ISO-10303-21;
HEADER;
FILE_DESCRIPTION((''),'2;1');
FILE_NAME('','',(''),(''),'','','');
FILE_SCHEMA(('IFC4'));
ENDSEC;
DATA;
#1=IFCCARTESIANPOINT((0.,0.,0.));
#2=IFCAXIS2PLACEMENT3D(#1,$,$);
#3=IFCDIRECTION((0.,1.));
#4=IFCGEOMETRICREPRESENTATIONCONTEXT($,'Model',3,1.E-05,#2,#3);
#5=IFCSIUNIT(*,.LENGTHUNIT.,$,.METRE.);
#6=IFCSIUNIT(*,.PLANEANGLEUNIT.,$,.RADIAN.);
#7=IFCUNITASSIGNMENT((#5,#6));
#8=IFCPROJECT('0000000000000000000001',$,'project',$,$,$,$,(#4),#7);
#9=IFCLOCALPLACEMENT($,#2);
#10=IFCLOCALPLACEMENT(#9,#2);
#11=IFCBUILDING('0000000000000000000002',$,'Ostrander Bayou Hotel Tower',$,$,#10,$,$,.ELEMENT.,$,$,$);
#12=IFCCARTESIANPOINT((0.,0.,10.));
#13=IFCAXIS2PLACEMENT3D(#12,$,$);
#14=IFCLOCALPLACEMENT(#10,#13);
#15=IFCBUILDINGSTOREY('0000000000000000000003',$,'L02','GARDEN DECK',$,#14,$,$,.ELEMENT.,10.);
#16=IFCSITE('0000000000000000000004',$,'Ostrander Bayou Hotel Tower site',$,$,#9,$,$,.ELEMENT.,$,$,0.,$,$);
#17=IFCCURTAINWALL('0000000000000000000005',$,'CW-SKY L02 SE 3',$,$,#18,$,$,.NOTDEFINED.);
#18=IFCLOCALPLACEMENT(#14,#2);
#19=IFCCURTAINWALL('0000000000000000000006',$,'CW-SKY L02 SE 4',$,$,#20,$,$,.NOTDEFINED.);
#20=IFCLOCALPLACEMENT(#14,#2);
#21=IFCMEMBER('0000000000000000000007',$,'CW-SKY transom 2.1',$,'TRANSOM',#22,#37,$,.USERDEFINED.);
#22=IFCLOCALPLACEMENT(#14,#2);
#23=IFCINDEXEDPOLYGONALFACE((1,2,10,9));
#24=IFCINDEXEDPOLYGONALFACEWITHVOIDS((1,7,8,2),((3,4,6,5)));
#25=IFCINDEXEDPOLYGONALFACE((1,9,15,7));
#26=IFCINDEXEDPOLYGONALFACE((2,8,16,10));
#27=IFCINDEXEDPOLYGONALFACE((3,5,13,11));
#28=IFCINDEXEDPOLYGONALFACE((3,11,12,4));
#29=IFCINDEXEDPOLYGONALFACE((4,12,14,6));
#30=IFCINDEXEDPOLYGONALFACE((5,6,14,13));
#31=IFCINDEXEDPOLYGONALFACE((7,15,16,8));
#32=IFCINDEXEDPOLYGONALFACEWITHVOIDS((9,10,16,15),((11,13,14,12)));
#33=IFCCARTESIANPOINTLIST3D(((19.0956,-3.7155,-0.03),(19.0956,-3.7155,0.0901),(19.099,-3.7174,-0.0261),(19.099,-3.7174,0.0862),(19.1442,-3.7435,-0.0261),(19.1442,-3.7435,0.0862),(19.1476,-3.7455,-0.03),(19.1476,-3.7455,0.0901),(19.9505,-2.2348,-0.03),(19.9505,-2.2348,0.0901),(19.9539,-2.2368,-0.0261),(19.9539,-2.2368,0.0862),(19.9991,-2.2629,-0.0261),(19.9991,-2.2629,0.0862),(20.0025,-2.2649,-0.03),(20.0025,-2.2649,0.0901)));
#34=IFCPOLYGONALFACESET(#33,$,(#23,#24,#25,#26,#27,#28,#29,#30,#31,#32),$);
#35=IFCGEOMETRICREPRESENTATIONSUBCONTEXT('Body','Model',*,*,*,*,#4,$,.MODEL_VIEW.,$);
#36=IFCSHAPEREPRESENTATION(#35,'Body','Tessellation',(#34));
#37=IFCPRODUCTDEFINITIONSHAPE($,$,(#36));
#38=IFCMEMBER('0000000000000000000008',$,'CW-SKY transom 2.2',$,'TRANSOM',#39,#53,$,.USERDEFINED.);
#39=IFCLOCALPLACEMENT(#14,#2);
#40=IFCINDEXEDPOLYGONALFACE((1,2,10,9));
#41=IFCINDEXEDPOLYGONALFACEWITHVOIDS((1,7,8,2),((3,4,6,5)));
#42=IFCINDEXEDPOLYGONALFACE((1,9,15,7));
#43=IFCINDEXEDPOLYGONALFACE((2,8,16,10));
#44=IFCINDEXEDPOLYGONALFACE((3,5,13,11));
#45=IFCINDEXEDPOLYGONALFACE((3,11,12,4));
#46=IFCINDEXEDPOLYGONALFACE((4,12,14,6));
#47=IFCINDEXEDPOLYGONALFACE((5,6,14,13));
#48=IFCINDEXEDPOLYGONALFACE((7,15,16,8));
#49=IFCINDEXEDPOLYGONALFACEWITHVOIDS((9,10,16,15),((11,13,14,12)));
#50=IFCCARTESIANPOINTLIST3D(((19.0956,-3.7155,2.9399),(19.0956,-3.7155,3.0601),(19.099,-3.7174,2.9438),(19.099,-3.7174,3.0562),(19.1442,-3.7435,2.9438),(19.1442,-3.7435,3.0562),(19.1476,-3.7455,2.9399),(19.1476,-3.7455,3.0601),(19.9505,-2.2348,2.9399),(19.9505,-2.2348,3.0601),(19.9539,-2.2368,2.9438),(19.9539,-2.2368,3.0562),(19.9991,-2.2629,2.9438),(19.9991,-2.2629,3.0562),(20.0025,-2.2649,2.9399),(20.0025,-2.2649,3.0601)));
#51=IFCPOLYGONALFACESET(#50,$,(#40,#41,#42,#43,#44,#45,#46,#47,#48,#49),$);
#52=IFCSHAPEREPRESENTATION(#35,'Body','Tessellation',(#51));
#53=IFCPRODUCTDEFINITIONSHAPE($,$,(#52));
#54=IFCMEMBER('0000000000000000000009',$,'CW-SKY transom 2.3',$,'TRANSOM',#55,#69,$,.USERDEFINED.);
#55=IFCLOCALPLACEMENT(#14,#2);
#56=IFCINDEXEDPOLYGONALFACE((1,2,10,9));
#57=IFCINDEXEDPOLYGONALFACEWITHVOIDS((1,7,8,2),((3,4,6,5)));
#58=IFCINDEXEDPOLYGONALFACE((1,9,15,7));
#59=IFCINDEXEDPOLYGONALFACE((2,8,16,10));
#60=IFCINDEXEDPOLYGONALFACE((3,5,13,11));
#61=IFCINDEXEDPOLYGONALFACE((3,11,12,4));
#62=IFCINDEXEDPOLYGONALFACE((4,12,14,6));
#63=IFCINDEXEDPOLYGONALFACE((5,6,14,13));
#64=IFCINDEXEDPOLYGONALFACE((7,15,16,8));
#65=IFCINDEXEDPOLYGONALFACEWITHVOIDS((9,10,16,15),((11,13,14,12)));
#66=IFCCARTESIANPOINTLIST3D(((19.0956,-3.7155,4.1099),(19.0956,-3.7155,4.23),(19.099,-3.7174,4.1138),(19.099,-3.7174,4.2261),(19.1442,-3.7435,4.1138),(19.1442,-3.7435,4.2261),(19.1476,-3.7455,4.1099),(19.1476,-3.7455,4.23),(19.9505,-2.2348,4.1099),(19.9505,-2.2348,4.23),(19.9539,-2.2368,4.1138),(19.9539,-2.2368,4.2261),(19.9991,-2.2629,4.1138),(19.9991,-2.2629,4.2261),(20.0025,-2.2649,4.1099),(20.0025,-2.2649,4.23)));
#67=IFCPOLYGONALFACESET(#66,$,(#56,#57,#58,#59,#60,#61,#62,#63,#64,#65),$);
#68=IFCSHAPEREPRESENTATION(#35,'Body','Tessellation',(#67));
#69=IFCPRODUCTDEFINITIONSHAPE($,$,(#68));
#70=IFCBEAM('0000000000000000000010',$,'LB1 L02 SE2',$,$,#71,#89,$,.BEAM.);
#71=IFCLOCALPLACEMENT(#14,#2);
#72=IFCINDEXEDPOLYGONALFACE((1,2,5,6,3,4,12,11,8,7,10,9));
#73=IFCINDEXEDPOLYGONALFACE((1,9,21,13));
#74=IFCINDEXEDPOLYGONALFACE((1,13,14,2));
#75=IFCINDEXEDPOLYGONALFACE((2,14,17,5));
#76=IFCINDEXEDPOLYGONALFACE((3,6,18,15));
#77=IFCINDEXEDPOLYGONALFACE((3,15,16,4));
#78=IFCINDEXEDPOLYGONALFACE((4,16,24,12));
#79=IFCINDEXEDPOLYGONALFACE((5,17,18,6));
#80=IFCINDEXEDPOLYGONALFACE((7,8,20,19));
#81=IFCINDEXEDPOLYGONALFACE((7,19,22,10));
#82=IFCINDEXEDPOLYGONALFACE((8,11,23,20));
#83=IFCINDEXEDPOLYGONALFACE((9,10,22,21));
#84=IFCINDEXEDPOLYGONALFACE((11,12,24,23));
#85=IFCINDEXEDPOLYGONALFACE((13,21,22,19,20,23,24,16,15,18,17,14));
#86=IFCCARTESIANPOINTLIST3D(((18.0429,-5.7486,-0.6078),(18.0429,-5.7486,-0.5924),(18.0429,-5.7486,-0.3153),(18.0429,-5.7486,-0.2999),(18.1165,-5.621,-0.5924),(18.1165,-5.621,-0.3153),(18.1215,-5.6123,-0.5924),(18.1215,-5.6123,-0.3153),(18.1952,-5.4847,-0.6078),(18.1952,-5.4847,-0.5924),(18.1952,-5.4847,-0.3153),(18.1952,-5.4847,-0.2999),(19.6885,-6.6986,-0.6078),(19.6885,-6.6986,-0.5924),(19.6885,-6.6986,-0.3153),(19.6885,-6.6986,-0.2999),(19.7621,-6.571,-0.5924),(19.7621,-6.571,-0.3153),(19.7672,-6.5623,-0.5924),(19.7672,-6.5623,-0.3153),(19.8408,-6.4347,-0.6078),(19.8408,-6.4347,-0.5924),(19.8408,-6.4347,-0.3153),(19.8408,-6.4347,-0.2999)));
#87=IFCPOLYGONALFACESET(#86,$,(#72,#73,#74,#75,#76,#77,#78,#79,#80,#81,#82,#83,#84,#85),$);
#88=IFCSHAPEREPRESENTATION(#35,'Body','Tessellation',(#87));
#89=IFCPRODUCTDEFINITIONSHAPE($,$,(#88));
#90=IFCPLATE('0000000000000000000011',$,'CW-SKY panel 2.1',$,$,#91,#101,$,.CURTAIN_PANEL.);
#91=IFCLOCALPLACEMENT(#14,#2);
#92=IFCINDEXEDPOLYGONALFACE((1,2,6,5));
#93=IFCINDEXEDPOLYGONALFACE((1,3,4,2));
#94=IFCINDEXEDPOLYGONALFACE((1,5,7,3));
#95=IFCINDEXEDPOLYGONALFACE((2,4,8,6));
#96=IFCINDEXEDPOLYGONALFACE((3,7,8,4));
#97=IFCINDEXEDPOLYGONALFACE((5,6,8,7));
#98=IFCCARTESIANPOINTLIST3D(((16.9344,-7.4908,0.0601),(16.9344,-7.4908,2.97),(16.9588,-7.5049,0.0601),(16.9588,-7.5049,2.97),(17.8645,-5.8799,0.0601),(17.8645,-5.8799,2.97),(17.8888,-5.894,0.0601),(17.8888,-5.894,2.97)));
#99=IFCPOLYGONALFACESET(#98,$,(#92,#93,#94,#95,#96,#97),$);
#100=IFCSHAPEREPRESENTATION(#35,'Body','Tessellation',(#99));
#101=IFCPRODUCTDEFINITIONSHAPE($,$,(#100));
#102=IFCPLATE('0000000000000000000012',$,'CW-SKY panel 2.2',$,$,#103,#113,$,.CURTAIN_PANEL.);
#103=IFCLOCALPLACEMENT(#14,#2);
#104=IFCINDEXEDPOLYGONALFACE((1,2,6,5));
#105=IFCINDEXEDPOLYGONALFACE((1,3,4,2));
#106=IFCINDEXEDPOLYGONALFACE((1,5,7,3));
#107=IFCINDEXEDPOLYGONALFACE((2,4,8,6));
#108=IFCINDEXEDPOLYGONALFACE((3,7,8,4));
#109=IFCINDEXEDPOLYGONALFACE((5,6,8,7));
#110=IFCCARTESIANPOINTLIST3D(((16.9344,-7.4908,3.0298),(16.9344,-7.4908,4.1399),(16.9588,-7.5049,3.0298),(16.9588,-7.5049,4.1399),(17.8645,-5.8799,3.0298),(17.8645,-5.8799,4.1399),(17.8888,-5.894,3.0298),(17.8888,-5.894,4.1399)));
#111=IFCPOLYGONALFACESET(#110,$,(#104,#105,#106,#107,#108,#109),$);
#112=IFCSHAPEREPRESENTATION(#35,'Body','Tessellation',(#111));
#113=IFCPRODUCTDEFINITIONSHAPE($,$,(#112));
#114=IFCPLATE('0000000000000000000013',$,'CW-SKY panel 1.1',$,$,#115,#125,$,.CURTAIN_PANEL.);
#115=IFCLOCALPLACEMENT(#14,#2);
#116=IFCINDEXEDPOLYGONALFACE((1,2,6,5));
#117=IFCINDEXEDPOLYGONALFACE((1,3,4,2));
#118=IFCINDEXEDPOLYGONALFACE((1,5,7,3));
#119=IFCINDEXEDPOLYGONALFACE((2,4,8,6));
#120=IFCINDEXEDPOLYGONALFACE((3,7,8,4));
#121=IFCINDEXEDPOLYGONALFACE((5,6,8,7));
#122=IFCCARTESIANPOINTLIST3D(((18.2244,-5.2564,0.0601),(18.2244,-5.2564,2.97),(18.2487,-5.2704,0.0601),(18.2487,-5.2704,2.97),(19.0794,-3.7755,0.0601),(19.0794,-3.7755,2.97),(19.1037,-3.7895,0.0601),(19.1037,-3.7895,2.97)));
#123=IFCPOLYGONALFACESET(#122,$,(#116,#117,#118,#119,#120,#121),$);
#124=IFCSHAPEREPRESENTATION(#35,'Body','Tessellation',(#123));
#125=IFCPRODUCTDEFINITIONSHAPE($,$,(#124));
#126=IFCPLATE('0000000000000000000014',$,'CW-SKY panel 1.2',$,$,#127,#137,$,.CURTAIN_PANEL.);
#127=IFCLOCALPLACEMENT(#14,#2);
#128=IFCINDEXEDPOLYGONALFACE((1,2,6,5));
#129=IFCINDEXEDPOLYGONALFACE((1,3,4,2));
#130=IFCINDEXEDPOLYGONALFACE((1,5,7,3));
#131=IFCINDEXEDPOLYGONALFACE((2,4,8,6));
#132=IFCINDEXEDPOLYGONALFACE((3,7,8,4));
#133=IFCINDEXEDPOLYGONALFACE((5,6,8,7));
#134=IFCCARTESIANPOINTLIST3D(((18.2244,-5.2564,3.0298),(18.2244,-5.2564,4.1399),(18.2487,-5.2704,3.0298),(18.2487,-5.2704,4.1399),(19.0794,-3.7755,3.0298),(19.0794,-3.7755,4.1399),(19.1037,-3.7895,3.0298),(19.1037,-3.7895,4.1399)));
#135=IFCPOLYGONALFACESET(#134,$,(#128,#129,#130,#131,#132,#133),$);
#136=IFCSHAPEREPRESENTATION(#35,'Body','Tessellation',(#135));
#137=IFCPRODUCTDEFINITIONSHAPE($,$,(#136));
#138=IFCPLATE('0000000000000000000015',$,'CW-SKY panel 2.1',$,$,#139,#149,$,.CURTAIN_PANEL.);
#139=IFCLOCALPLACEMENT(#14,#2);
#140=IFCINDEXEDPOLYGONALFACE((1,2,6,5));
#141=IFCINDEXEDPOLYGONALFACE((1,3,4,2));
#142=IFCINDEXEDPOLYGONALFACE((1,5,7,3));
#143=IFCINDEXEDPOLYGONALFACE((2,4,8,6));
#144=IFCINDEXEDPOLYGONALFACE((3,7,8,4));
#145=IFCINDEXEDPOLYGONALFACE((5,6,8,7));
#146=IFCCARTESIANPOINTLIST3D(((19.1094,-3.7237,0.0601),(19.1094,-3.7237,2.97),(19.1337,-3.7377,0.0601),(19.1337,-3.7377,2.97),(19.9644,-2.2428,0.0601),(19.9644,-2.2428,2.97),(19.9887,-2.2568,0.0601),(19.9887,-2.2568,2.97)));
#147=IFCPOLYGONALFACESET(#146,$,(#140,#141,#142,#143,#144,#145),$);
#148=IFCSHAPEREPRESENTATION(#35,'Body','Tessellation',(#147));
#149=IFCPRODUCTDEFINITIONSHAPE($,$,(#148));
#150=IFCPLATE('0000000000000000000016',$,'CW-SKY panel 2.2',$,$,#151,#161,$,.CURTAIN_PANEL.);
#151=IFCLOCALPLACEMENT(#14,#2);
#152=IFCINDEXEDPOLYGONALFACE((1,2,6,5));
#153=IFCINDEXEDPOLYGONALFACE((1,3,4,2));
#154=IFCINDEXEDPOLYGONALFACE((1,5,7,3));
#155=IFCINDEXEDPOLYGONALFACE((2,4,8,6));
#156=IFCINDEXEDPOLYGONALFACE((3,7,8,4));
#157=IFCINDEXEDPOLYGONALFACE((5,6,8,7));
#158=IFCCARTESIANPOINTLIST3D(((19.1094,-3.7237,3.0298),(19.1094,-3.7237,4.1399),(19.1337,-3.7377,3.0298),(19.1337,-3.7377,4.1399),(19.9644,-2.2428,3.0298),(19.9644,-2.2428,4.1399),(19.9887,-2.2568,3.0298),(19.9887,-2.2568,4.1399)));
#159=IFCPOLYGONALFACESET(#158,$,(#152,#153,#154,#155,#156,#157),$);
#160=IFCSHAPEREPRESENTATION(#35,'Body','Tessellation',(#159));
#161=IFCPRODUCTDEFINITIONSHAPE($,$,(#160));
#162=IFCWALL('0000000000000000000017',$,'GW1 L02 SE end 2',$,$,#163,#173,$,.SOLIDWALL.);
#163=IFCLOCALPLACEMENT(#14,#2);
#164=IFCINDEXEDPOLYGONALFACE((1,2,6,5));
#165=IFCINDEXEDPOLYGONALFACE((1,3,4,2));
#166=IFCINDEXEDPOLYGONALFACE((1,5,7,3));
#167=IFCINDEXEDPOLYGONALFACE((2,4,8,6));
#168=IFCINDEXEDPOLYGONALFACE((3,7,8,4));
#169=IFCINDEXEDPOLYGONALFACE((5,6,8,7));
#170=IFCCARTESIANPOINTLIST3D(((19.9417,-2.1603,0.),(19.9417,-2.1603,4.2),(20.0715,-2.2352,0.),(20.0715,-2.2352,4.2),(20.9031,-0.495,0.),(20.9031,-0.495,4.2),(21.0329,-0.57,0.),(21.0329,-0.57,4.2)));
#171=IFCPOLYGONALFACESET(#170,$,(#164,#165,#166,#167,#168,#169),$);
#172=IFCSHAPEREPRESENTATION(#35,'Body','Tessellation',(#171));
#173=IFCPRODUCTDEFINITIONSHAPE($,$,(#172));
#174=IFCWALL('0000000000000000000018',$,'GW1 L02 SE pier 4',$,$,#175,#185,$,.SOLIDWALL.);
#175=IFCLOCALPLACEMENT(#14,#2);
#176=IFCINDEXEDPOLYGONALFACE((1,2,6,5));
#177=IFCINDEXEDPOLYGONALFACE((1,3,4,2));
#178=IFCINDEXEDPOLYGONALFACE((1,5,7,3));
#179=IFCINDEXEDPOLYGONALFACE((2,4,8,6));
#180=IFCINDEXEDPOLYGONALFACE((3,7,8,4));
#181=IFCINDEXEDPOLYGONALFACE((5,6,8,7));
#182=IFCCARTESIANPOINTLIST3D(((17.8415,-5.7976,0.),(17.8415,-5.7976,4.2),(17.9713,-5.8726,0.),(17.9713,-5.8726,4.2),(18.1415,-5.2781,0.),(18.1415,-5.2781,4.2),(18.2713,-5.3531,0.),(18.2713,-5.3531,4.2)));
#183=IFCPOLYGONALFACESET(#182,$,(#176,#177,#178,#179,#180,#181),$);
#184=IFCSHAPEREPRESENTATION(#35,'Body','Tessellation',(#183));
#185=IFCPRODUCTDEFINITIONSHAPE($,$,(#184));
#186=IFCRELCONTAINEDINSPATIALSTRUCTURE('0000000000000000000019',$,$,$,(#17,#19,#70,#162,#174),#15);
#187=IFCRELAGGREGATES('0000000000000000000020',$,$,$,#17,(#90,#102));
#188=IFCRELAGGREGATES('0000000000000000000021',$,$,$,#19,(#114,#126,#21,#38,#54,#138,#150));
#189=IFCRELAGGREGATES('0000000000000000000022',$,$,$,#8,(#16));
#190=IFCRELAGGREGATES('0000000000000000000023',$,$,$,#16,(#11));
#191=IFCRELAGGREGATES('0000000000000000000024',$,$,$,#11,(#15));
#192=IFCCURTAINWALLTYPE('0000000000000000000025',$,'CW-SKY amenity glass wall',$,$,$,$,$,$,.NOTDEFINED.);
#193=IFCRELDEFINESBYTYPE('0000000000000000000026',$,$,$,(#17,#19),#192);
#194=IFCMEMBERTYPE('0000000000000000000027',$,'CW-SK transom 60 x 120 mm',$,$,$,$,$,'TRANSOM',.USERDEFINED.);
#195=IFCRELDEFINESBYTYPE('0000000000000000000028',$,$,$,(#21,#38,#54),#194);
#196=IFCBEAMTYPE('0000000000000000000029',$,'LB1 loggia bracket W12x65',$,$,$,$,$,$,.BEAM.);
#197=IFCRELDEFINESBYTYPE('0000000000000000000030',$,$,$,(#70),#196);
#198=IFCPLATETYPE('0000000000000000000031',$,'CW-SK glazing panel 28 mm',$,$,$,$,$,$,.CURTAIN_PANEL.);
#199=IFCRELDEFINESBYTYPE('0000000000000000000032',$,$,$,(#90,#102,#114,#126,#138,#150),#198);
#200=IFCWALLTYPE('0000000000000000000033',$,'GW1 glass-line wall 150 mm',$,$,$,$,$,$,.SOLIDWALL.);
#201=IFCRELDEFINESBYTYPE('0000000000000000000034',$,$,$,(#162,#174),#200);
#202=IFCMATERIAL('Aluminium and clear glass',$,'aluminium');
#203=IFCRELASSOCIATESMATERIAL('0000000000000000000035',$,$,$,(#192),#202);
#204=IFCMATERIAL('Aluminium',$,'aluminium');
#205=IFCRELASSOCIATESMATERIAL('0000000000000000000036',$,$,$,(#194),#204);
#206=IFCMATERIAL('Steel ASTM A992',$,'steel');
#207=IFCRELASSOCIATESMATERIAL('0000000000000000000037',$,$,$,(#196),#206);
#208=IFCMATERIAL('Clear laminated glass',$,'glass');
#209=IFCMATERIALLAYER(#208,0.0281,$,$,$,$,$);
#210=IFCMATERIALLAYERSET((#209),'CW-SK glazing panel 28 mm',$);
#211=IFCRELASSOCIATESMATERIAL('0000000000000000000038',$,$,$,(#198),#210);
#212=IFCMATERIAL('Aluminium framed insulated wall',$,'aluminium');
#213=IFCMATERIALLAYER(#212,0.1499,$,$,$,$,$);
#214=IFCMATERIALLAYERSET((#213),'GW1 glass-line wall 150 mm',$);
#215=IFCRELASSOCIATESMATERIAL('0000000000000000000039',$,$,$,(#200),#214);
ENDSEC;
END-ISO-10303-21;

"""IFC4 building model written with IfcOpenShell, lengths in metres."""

from ifc_helpers import new_model, si_unit, direction, frame, frame_2d, origin, origin_2d, place, context, subcontext, project, spatial, rectangle, hollow_rectangle, i_section, extrude, material, layer, layer_set, material_profile, profile_set, type_object, element, aggregate, save


model = new_model("IFC4")

# Units and contexts
model_context = context("Model", 3, precision=1e-05, world=origin(), true_north=direction((0.0, 1.0)))
body_context = subcontext(model_context, "Body", "Model", "MODEL_VIEW")
ifc_project = project(units=[si_unit("LENGTHUNIT", "METRE"), si_unit("PLANEANGLEUNIT", "RADIAN")], contexts=[model_context])

# Site, building, storey
site_placement = place(None, origin())
site = spatial("IfcSite", under=ifc_project, at=site_placement, Name="Ostrander Bayou Hotel Tower site", CompositionType="ELEMENT", RefElevation=0.0)
building_placement = place(site_placement, origin())
building = spatial("IfcBuilding", under=site, at=building_placement, Name="Ostrander Bayou Hotel Tower", CompositionType="ELEMENT")
storey_placement = place(building_placement, frame((0.0, 0.0, 10.0)))
storey = spatial("IfcBuildingStorey", under=building, at=storey_placement, Name="L02", Description="GARDEN DECK", CompositionType="ELEMENT", Elevation=10.0)

# Curtain wall
ifc_material_1 = material(Name="Aluminium and clear glass", Category="aluminium")
curtain_wall_type = type_object("IfcCurtainWallType", Name="CW-SKY amenity glass wall", PredefinedType="NOTDEFINED", material=ifc_material_1)
curtain_wall_1_placement = place(storey_placement, origin())
curtain_wall_1 = element("IfcCurtainWall", 1, at=curtain_wall_1_placement, inside=storey, type_object=curtain_wall_type, Name="CW-SKY L02 SE 3", PredefinedType="NOTDEFINED")

# Curtain wall
curtain_wall_2_placement = place(storey_placement, origin())
curtain_wall_2 = element("IfcCurtainWall", 2, at=curtain_wall_2_placement, inside=storey, type_object=curtain_wall_type, Name="CW-SKY L02 SE 4", PredefinedType="NOTDEFINED")

# Members
ifc_material_2 = material(Name="Aluminium", Category="aluminium")
ifc_material_profile_1 = material_profile(ifc_material_2, hollow_rectangle(XDim=0.0601, YDim=0.1201, WallThickness=0.0039, at=origin_2d()))
ifc_profile_set_1 = profile_set([ifc_material_profile_1], Name="Aluminium")
member_type_1 = type_object("IfcMemberType", Name="CW-SK transom 60 x 120 mm", ElementType="TRANSOM", PredefinedType="USERDEFINED", material=ifc_profile_set_1)
member_1_placement = place(storey_placement, frame((19.1216, -3.7305, 0.03), z_axis=(0.50004, 0.866002, 0.0), x_axis=(-0.866002, 0.50004, 0.0)))
member_1 = element("IfcMember", 3, at=member_1_placement, type_object=member_type_1, Name="CW-SKY transom 2.1", ObjectType="TRANSOM", PredefinedType="USERDEFINED", context=body_context, shape_type="SweptSolid", body=[
    extrude(hollow_rectangle(XDim=0.0601, YDim=0.1201, WallThickness=0.0039, at=origin_2d()), origin(), (0.0, 0.0, 1.0), 1.7097),
])
member_2_placement = place(storey_placement, frame((19.1216, -3.7305, 3.0), z_axis=(0.50004, 0.866002, 0.0), x_axis=(-0.866002, 0.50004, 0.0)))
member_2 = element("IfcMember", 4, at=member_2_placement, type_object=member_type_1, Name="CW-SKY transom 2.2", ObjectType="TRANSOM", PredefinedType="USERDEFINED", context=body_context, shape_type="SweptSolid", body=[
    extrude(hollow_rectangle(XDim=0.0601, YDim=0.1201, WallThickness=0.0039, at=origin_2d()), origin(), (0.0, 0.0, 1.0), 1.7097),
])
member_3_placement = place(storey_placement, frame((19.1216, -3.7305, 4.1699), z_axis=(0.50004, 0.866002, 0.0), x_axis=(-0.866002, 0.50004, 0.0)))
member_3 = element("IfcMember", 5, at=member_3_placement, type_object=member_type_1, Name="CW-SKY transom 2.3", ObjectType="TRANSOM", PredefinedType="USERDEFINED", context=body_context, shape_type="SweptSolid", body=[
    extrude(hollow_rectangle(XDim=0.0601, YDim=0.1201, WallThickness=0.0039, at=origin_2d()), origin(), (0.0, 0.0, 1.0), 1.7097),
])

# Beam
ifc_material_3 = material(Name="Steel ASTM A992", Category="steel")
ifc_material_profile_2 = material_profile(ifc_material_3, i_section(OverallWidth=0.3047, OverallDepth=0.3079, WebThickness=0.01, FlangeThickness=0.0154, at=origin_2d()))
ifc_profile_set_2 = profile_set([ifc_material_profile_2], Name="Steel ASTM A992")
beam_type = type_object("IfcBeamType", Name="LB1 loggia bracket W12x65", PredefinedType="BEAM", material=ifc_profile_set_2)
beam_placement = place(storey_placement, frame((19.7646, -6.5667, -0.4539), z_axis=(-0.866044, 0.499967, 0.0), x_axis=(-0.499967, -0.866044, 0.0)))
element("IfcBeam", 6, at=beam_placement, inside=storey, type_object=beam_type, Name="LB1 L02 SE2", PredefinedType="BEAM", context=body_context, shape_type="SweptSolid", body=[
    extrude(i_section(OverallWidth=0.3047, OverallDepth=0.3079, WebThickness=0.01, FlangeThickness=0.0154, at=origin_2d()), origin(), (0.0, 0.0, 1.0), 1.9001),
])

# Plates
ifc_material_4 = material(Name="Clear laminated glass", Category="glass")
ifc_layer_1 = layer(ifc_material_4, 0.0281)
ifc_layer_set_1 = layer_set([ifc_layer_1], Name="CW-SK glazing panel 28 mm")
plate_type = type_object("IfcPlateType", Name="CW-SK glazing panel 28 mm", PredefinedType="CURTAIN_PANEL", material=ifc_layer_set_1)
plate_1_placement = place(storey_placement, frame((17.4116, -6.6924, 0.0601), z_axis=(0.0, 0.0, 1.0), x_axis=(0.5, 0.866025, 0.0)))
plate_1 = element("IfcPlate", 7, at=plate_1_placement, type_object=plate_type, Name="CW-SKY panel 2.1", PredefinedType="CURTAIN_PANEL", context=body_context, shape_type="SweptSolid", body=[
    extrude(rectangle(XDim=1.8601, YDim=0.0281, at=origin_2d()), origin(), (0.0, 0.0, 1.0), 2.9099),
])
plate_2_placement = place(storey_placement, frame((17.4116, -6.6924, 3.0298), z_axis=(0.0, 0.0, 1.0), x_axis=(0.5, 0.866025, 0.0)))
plate_2 = element("IfcPlate", 8, at=plate_2_placement, type_object=plate_type, Name="CW-SKY panel 2.2", PredefinedType="CURTAIN_PANEL", context=body_context, shape_type="SweptSolid", body=[
    extrude(rectangle(XDim=1.8601, YDim=0.0281, at=origin_2d()), origin(), (0.0, 0.0, 1.0), 1.1101),
])
aggregate(curtain_wall_1, [plate_1, plate_2])
plate_3_placement = place(storey_placement, frame((18.6641, -4.5229, 0.0601), z_axis=(0.0, 0.0, 1.0), x_axis=(0.499999, 0.866026, 0.0)))
plate_3 = element("IfcPlate", 9, at=plate_3_placement, type_object=plate_type, Name="CW-SKY panel 1.1", PredefinedType="CURTAIN_PANEL", context=body_context, shape_type="SweptSolid", body=[
    extrude(rectangle(XDim=1.71, YDim=0.0281, at=origin_2d()), origin(), (0.0, 0.0, 1.0), 2.9099),
])
plate_4_placement = place(storey_placement, frame((18.6641, -4.5229, 3.0298), z_axis=(0.0, 0.0, 1.0), x_axis=(0.499999, 0.866026, 0.0)))
plate_4 = element("IfcPlate", 10, at=plate_4_placement, type_object=plate_type, Name="CW-SKY panel 1.2", PredefinedType="CURTAIN_PANEL", context=body_context, shape_type="SweptSolid", body=[
    extrude(rectangle(XDim=1.71, YDim=0.0281, at=origin_2d()), origin(), (0.0, 0.0, 1.0), 1.1101),
])
plate_5_placement = place(storey_placement, frame((19.5491, -2.9902, 0.0601), z_axis=(0.0, 0.0, 1.0), x_axis=(0.499999, 0.866026, 0.0)))
plate_5 = element("IfcPlate", 11, at=plate_5_placement, type_object=plate_type, Name="CW-SKY panel 2.1", PredefinedType="CURTAIN_PANEL", context=body_context, shape_type="SweptSolid", body=[
    extrude(rectangle(XDim=1.71, YDim=0.0281, at=origin_2d()), origin(), (0.0, 0.0, 1.0), 2.9099),
])
plate_6_placement = place(storey_placement, frame((19.5491, -2.9902, 3.0298), z_axis=(0.0, 0.0, 1.0), x_axis=(0.499999, 0.866026, 0.0)))
plate_6 = element("IfcPlate", 12, at=plate_6_placement, type_object=plate_type, Name="CW-SKY panel 2.2", PredefinedType="CURTAIN_PANEL", context=body_context, shape_type="SweptSolid", body=[
    extrude(rectangle(XDim=1.71, YDim=0.0281, at=origin_2d()), origin(), (0.0, 0.0, 1.0), 1.1101),
])
aggregate(curtain_wall_2, [plate_3, plate_4, member_1, member_2, member_3, plate_5, plate_6])

# Walls
ifc_material_5 = material(Name="Aluminium framed insulated wall", Category="aluminium")
ifc_layer_2 = layer(ifc_material_5, 0.1499)
ifc_layer_set_2 = layer_set([ifc_layer_2], Name="GW1 glass-line wall 150 mm")
wall_type = type_object("IfcWallType", Name="GW1 glass-line wall 150 mm", PredefinedType="SOLIDWALL", material=ifc_layer_set_2)
wall_1_placement = place(storey_placement, frame((20.0066, -2.1978, 0.0), z_axis=(0.0, 0.0, 1.0), x_axis=(0.49999, 0.866031, 0.0)))
element("IfcWall", 13, at=wall_1_placement, inside=storey, type_object=wall_type, Name="GW1 L02 SE end 2", PredefinedType="SOLIDWALL", context=body_context, shape_type="SweptSolid", body=[
    extrude(rectangle(XDim=1.9229, YDim=0.1499, at=frame_2d((0.9614, 0.0))), origin(), (0.0, 0.0, 1.0), 4.2),
])
wall_2_placement = place(storey_placement, frame((17.9065, -5.835, 0.0), z_axis=(0.0, 0.0, 1.0), x_axis=(0.500122, 0.865955, 0.0)))
element("IfcWall", 14, at=wall_2_placement, inside=storey, type_object=wall_type, Name="GW1 L02 SE pier 4", PredefinedType="SOLIDWALL", context=body_context, shape_type="SweptSolid", body=[
    extrude(rectangle(XDim=0.5999, YDim=0.1499, at=frame_2d((0.2998, 0.0))), origin(), (0.0, 0.0, 1.0), 4.2),
])

save(model, "model.ifc")
